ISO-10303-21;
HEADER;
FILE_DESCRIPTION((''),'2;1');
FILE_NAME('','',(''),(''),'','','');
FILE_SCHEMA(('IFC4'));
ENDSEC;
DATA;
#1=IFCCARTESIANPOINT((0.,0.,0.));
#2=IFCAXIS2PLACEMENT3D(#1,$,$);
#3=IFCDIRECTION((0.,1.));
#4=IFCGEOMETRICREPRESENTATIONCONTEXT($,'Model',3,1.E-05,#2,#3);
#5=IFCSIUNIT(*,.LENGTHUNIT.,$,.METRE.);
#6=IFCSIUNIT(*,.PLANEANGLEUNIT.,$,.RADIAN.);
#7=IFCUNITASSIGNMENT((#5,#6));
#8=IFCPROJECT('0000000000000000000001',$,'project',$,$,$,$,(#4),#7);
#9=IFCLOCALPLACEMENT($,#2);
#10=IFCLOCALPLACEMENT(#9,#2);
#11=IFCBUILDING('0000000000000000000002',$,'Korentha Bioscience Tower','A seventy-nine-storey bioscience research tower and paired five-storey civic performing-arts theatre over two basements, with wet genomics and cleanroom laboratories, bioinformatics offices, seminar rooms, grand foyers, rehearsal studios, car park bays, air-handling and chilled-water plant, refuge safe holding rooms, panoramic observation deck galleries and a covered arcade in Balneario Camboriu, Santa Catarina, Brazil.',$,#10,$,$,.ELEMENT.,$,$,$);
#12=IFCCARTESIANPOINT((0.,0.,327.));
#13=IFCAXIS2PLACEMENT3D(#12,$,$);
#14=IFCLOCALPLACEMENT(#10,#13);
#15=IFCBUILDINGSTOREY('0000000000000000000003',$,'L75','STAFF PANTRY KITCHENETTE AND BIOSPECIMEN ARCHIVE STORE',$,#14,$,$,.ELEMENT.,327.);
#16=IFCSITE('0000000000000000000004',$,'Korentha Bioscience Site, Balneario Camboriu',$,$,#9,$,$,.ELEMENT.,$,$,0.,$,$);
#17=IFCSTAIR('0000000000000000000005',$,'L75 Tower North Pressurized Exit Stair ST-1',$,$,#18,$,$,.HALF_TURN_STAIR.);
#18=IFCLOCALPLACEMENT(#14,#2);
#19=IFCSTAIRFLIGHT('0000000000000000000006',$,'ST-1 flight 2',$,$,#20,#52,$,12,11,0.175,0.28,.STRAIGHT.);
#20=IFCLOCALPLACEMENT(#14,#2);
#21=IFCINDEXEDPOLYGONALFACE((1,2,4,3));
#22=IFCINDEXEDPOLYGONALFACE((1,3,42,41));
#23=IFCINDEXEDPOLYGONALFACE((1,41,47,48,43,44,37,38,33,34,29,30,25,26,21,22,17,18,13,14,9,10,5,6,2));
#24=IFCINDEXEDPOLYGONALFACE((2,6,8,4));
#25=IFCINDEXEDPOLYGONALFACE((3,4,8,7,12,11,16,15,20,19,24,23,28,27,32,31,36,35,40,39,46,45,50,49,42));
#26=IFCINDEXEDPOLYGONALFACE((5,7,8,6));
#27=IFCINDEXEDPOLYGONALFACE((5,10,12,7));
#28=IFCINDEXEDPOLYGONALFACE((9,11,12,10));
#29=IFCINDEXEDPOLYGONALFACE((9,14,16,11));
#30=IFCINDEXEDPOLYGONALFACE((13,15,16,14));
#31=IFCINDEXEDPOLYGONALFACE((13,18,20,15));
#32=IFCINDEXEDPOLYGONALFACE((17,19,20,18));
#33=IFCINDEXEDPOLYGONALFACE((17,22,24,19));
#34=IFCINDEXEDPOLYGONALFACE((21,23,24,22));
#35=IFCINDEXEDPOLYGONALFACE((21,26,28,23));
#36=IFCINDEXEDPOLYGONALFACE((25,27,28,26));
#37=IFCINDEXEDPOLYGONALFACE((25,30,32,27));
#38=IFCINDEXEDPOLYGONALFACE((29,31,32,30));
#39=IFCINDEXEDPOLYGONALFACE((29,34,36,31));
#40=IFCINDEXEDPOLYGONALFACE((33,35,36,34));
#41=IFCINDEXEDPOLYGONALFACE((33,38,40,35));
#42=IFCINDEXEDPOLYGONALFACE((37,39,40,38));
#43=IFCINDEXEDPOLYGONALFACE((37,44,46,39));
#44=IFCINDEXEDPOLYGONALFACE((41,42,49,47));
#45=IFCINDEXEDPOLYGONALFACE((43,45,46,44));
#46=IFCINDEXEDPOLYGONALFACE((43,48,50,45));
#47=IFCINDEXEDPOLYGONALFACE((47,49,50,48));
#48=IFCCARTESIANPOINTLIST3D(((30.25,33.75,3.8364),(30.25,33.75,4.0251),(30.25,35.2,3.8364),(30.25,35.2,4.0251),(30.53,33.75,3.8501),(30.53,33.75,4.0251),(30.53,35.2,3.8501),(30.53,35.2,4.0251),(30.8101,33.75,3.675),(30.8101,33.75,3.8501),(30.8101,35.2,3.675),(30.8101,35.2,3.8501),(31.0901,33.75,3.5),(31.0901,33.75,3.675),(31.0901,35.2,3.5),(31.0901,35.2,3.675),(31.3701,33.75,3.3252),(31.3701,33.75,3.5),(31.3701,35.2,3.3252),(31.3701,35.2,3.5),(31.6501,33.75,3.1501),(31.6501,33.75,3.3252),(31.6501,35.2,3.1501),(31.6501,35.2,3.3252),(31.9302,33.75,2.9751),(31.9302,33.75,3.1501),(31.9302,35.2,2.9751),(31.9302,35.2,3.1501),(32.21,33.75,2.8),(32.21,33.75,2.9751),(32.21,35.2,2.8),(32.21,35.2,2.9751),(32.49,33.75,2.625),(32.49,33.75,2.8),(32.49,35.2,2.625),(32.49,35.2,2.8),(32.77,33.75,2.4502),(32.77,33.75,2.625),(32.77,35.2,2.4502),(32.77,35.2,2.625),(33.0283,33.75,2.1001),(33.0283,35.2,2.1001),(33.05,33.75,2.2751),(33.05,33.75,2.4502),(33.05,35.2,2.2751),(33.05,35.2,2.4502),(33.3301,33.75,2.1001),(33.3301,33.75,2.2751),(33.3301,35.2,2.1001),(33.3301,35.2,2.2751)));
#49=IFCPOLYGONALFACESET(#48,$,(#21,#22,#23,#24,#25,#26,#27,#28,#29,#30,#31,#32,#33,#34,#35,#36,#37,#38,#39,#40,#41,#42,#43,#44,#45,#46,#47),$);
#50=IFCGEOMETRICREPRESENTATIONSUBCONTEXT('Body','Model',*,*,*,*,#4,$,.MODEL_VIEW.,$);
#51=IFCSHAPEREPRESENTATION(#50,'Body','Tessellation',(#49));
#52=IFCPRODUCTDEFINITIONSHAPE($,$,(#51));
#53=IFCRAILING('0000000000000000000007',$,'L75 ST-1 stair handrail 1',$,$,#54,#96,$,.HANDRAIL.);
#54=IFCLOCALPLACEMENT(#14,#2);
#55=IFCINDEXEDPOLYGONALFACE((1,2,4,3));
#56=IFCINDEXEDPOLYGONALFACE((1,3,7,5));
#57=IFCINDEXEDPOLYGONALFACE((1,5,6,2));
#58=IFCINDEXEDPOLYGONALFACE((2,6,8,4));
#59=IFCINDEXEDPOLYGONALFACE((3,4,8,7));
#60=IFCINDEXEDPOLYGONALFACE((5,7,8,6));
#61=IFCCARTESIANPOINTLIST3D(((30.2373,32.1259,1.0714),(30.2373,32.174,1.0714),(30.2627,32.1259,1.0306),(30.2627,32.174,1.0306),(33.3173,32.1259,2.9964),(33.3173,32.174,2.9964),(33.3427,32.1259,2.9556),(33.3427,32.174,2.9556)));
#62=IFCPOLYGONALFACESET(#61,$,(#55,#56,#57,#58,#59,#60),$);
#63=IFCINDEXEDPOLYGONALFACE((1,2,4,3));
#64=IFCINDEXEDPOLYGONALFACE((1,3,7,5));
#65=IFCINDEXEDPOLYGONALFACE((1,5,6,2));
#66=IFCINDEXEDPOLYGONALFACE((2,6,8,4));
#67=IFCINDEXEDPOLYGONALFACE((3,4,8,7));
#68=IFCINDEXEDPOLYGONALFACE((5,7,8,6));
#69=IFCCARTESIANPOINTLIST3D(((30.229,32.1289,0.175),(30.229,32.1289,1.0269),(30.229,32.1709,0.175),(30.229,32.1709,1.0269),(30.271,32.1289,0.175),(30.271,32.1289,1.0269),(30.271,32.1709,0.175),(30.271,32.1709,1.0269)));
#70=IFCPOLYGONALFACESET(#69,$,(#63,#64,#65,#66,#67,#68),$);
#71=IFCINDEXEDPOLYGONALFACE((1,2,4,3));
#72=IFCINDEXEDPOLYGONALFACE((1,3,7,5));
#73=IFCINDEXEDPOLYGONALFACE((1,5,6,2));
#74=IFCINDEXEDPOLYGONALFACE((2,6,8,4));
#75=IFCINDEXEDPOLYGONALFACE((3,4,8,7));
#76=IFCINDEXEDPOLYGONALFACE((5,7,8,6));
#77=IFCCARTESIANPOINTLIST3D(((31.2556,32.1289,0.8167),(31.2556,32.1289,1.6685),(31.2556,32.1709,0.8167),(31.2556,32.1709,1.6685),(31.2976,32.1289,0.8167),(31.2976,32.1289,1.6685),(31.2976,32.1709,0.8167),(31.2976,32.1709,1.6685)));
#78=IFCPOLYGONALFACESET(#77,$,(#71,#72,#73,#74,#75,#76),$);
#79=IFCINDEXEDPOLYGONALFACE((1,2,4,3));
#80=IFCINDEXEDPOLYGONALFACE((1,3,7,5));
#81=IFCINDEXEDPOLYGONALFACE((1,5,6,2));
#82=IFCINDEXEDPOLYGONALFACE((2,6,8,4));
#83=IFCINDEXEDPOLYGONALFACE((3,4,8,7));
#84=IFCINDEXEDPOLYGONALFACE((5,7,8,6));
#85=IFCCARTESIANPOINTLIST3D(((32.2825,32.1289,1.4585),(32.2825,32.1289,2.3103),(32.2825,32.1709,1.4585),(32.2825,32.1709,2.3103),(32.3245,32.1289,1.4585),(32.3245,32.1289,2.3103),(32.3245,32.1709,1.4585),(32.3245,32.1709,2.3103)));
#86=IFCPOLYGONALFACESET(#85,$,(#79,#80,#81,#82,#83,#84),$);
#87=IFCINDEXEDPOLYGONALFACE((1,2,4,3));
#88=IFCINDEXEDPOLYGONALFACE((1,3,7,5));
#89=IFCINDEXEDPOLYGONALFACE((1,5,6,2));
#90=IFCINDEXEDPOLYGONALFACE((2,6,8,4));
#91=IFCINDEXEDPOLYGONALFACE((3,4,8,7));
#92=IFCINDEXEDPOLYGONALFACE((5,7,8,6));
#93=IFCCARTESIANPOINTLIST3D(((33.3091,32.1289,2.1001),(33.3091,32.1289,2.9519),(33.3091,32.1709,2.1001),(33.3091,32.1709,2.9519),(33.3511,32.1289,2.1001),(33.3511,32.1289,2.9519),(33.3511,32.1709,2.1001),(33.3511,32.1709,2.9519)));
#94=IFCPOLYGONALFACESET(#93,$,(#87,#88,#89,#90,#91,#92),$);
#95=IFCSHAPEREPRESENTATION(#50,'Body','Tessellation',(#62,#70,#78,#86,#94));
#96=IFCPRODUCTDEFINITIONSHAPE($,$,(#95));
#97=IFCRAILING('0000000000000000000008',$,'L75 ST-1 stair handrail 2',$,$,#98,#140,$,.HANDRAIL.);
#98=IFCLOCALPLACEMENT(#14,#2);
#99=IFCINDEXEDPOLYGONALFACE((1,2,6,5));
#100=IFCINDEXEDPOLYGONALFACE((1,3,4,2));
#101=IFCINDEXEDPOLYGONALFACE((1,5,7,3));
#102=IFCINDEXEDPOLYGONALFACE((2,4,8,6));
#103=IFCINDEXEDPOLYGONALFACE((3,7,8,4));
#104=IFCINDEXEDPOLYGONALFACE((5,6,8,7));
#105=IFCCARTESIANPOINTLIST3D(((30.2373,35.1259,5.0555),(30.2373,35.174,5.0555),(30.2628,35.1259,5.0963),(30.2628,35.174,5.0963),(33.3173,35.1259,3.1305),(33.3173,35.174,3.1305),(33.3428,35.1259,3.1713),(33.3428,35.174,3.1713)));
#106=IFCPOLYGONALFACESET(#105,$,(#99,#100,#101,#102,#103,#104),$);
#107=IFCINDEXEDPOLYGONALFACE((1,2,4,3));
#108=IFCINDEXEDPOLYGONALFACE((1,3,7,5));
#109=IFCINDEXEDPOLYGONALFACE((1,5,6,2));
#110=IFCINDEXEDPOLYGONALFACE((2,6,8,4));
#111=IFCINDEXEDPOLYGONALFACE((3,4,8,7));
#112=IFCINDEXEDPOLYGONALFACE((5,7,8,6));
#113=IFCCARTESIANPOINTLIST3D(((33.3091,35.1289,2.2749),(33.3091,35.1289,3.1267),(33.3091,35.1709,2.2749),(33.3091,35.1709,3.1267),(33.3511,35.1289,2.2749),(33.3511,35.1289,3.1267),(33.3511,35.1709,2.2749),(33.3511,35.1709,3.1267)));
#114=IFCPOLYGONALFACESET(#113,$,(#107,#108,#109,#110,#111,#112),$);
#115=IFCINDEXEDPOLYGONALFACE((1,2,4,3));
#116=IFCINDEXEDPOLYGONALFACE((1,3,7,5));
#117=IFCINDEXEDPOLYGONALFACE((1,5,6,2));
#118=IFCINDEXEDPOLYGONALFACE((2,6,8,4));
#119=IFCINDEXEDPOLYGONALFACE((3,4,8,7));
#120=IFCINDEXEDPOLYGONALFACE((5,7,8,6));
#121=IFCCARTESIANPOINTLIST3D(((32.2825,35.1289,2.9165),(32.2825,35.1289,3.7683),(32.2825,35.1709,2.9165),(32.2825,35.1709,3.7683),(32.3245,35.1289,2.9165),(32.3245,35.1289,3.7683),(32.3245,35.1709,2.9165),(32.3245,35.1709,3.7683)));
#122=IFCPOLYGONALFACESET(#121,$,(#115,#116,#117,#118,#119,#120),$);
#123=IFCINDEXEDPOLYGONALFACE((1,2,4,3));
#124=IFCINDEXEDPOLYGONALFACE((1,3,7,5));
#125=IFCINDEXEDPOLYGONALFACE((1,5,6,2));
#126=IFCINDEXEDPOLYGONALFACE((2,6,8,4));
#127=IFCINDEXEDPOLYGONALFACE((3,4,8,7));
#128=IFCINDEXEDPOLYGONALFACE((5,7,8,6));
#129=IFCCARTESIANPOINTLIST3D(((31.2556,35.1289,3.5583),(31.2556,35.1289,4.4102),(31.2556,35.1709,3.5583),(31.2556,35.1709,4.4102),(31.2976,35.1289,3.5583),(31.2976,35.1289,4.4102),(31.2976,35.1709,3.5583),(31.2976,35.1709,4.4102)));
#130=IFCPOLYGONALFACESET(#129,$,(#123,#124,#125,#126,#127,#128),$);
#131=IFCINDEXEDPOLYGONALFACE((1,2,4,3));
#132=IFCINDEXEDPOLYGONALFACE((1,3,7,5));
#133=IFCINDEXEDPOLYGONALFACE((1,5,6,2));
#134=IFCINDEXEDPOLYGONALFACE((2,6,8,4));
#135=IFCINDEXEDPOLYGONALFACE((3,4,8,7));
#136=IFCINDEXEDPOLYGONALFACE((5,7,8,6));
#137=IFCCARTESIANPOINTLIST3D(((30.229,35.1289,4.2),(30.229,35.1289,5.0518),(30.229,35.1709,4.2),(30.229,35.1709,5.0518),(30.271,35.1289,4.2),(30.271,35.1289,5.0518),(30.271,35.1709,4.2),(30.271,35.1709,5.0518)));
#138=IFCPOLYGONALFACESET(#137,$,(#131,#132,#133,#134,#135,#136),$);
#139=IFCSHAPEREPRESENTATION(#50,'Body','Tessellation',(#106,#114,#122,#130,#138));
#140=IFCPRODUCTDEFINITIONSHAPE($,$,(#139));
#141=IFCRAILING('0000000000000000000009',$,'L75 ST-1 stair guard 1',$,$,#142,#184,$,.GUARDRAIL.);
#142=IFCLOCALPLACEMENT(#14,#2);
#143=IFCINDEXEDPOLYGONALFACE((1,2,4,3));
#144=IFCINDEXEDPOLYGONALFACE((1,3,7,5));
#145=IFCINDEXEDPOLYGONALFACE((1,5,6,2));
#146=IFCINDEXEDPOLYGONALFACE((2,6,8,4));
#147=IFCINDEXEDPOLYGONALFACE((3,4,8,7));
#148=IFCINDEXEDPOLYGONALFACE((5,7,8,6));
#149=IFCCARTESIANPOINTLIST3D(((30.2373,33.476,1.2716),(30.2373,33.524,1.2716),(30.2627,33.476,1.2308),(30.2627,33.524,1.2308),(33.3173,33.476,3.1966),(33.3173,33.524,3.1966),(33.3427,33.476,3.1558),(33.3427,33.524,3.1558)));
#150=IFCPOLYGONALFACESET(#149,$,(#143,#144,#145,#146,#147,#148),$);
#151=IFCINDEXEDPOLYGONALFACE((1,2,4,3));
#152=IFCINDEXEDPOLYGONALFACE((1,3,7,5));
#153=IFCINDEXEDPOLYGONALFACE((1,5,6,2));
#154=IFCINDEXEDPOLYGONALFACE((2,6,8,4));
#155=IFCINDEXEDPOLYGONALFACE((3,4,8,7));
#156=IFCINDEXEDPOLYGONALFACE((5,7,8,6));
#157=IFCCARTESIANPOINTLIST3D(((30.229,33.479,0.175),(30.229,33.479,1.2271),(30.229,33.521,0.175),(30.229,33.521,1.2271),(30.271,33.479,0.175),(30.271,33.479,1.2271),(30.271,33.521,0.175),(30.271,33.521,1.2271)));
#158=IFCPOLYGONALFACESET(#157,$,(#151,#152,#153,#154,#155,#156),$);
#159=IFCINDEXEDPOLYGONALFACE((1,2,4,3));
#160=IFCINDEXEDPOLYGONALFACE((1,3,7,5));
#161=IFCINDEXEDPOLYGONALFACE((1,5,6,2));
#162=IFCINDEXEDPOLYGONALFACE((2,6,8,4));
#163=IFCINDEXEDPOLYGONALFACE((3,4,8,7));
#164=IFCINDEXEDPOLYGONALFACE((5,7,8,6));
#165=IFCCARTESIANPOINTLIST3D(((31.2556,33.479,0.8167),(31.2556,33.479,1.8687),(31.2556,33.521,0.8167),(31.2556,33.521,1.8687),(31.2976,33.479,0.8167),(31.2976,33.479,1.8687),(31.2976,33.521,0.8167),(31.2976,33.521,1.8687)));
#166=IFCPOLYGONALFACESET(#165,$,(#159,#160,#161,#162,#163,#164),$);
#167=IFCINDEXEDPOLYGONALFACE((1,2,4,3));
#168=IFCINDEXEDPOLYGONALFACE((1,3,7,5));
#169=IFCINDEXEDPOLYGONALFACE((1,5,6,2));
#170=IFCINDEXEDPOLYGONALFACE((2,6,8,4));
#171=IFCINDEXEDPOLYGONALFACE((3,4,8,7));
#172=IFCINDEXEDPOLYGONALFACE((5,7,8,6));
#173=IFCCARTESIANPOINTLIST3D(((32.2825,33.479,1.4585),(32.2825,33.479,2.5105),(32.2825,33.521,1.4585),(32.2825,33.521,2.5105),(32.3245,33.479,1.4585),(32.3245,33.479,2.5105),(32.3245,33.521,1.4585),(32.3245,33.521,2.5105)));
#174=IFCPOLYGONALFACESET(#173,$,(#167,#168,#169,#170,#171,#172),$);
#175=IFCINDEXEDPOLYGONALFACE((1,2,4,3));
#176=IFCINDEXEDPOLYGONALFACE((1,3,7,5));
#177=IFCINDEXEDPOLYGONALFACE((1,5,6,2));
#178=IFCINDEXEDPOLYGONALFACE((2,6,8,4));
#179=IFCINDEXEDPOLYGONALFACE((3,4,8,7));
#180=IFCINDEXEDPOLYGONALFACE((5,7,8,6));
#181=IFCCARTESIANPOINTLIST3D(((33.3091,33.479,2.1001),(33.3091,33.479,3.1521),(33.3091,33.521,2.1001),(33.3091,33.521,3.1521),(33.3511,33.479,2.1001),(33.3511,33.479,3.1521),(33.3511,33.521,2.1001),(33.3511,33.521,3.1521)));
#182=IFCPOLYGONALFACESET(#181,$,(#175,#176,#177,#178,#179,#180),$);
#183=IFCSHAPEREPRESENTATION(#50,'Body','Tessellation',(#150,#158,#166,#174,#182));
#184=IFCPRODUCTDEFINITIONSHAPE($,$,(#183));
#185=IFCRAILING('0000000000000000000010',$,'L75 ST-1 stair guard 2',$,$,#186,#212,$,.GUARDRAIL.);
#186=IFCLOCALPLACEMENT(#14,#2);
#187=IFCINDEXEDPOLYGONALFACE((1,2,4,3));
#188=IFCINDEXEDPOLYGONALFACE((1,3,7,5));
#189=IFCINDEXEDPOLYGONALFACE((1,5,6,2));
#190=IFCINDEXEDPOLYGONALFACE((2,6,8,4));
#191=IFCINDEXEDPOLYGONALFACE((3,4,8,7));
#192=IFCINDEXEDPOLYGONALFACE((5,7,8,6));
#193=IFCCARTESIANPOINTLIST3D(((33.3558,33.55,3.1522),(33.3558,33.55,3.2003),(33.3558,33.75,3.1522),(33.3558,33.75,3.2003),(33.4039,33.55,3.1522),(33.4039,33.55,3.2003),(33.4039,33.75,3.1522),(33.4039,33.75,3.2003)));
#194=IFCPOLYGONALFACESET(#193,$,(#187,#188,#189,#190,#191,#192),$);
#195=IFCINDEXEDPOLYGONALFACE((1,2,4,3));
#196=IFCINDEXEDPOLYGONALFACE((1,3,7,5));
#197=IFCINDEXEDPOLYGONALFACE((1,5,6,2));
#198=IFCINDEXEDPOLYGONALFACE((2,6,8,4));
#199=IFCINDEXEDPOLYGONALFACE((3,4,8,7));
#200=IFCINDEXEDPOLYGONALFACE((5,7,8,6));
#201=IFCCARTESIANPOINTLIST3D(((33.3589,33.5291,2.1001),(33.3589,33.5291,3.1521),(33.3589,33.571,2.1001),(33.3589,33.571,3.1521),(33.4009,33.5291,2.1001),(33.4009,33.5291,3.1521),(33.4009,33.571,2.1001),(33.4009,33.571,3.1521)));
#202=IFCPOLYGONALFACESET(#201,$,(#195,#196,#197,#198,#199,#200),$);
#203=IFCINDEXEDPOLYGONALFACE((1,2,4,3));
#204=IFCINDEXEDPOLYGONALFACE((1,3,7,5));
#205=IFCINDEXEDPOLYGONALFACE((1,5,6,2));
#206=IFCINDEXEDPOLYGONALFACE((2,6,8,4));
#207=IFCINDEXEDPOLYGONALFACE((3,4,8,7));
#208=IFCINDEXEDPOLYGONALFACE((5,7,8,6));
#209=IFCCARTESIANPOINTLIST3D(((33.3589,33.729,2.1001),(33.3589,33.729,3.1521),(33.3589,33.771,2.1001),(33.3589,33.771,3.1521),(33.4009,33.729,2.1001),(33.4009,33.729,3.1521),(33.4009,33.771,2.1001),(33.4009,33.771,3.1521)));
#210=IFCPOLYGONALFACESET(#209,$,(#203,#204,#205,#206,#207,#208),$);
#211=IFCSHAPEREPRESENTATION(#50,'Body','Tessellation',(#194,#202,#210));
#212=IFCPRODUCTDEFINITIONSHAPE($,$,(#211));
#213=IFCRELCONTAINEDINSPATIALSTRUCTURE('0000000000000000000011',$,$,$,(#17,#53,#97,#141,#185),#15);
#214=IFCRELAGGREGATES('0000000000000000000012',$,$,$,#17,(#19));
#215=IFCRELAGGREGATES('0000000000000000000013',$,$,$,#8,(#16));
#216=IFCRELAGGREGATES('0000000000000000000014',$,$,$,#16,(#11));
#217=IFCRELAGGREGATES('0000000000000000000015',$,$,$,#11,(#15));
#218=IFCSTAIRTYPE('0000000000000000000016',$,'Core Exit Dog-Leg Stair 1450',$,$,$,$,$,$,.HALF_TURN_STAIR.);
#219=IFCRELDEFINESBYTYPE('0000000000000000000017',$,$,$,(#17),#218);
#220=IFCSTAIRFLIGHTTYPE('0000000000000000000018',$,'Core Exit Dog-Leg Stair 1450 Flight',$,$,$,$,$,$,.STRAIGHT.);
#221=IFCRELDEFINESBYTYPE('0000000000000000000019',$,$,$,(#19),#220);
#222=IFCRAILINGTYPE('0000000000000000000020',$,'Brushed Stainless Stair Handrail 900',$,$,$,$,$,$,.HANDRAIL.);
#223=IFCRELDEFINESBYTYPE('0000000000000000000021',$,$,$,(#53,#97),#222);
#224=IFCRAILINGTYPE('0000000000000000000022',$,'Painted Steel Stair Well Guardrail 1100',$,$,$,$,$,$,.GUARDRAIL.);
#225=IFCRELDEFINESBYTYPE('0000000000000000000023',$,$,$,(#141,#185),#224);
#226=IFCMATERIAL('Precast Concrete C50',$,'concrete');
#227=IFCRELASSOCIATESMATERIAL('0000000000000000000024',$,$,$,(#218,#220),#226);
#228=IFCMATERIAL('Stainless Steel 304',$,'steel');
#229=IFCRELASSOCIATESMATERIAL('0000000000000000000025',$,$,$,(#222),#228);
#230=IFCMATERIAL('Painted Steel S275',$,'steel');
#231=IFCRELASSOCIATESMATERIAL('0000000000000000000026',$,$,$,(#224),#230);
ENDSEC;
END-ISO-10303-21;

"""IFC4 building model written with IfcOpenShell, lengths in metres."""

from ifc_helpers import new_model, si_unit, direction, frame, origin, origin_2d, place, context, subcontext, project, spatial, polyline, rectangle, outline, extrude, material, type_object, element, aggregate, save


model = new_model("IFC4")

# Units and contexts
model_context = context("Model", 3, precision=1e-05, world=origin(), true_north=direction((0.0, 1.0)))
body_context = subcontext(model_context, "Body", "Model", "MODEL_VIEW")
ifc_project = project(units=[si_unit("LENGTHUNIT", "METRE"), si_unit("PLANEANGLEUNIT", "RADIAN")], contexts=[model_context])

# Site, building, storey
site_placement = place(None, origin())
site = spatial("IfcSite", under=ifc_project, at=site_placement, Name="Korentha Bioscience Site, Balneario Camboriu", CompositionType="ELEMENT", RefElevation=0.0)
building_placement = place(site_placement, origin())
building = spatial("IfcBuilding", under=site, at=building_placement, Name="Korentha Bioscience Tower", Description="A seventy-nine-storey bioscience research tower and paired five-storey civic performing-arts theatre over two basements, with wet genomics and cleanroom laboratories, bioinformatics offices, seminar rooms, grand foyers, rehearsal studios, car park bays, air-handling and chilled-water plant, refuge safe holding rooms, panoramic observation deck galleries and a covered arcade in Balneario Camboriu, Santa Catarina, Brazil.", CompositionType="ELEMENT")
storey_placement = place(building_placement, frame((0.0, 0.0, 327.0)))
storey = spatial("IfcBuildingStorey", under=building, at=storey_placement, Name="L75", Description="STAFF PANTRY KITCHENETTE AND BIOSPECIMEN ARCHIVE STORE", CompositionType="ELEMENT", Elevation=327.0)

# Stair, stair flight
ifc_material_1 = material(Name="Precast Concrete C50", Category="concrete")
stair_type = type_object("IfcStairType", Name="Core Exit Dog-Leg Stair 1450", PredefinedType="HALF_TURN_STAIR", material=ifc_material_1)
stair_placement = place(storey_placement, origin())
stair = element("IfcStair", 1, at=stair_placement, inside=storey, type_object=stair_type, Name="L75 Tower North Pressurized Exit Stair ST-1", PredefinedType="HALF_TURN_STAIR")
stair_flight_type = type_object("IfcStairFlightType", Name="Core Exit Dog-Leg Stair 1450 Flight", PredefinedType="STRAIGHT", material=ifc_material_1)
stair_flight_1_placement = place(storey_placement, frame((33.3301, 34.4751, 2.1001), z_axis=(0.0, 0.0, 1.0), x_axis=(-1.0, 0.0, 0.0)))
stair_flight_1 = element("IfcStairFlight", 2, at=stair_flight_1_placement, type_object=stair_flight_type, Name="ST-1 flight 2", NumberOfRisers=12, NumberOfTreads=11, PredefinedType="STRAIGHT", RiserHeight=0.175, TreadLength=0.28, context=body_context, shape_type="SweptSolid", body=[
    extrude(outline(polyline([(0.0, 0.0), (0.0, 0.175), (0.28, 0.175), (0.28, 0.3501), (0.5601, 0.3501), (0.5601, 0.5249), (0.8401, 0.5249), (0.8401, 0.7), (1.1201, 0.7), (1.1201, 0.875), (1.3999, 0.875), (1.3999, 1.05), (1.6799, 1.05), (1.6799, 1.2251), (1.96, 1.2251), (1.96, 1.3999), (2.24, 1.3999), (2.24, 1.575), (2.52, 1.575), (2.52, 1.75), (2.8, 1.75), (2.8, 1.925), (3.0801, 1.925), (3.0801, 2.1001), (3.0801, 1.7363), (0.3018, 0.0), (0.0, 0.0)])), frame((0.0, 0.7251, 0.0), z_axis=(0.0, -1.0, 0.0), x_axis=(1.0, 0.0, 0.0)), (0.0, 0.0, 1.0), 1.45),
])
aggregate(stair, [stair_flight_1])

# Railings
ifc_material_2 = material(Name="Stainless Steel 304", Category="steel")
railing_type_1 = type_object("IfcRailingType", Name="Brushed Stainless Stair Handrail 900", PredefinedType="HANDRAIL", material=ifc_material_2)
railing_1_placement = place(storey_placement, frame((30.25, 32.1499, 0.175)))
element("IfcRailing", 3, at=railing_1_placement, inside=storey, type_object=railing_type_1, Name="L75 ST-1 stair handrail 1", PredefinedType="HANDRAIL", context=body_context, shape_type="SweptSolid", body=[
    extrude(rectangle(XDim=0.0481, YDim=0.0481, at=origin_2d()), frame((0.0, 0.0, 0.876), z_axis=(0.847998, 0.0, 0.529999), x_axis=(0.0, 1.0, 0.0)), (0.0, 0.0, 1.0), 3.6321),
    extrude(rectangle(XDim=0.042, YDim=0.042, at=origin_2d()), origin(), (0.0, 0.0, 1.0), 0.8518),
    extrude(rectangle(XDim=0.042, YDim=0.042, at=origin_2d()), frame((1.0266, 0.0, 0.6416)), (0.0, 0.0, 1.0), 0.8518),
    extrude(rectangle(XDim=0.042, YDim=0.042, at=origin_2d()), frame((2.0535, 0.0, 1.2834)), (0.0, 0.0, 1.0), 0.8518),
    extrude(rectangle(XDim=0.042, YDim=0.042, at=origin_2d()), frame((3.0801, 0.0, 1.925)), (0.0, 0.0, 1.0), 0.8518),
])
railing_2_placement = place(storey_placement, frame((33.3301, 35.1499, 2.2749)))
element("IfcRailing", 4, at=railing_2_placement, inside=storey, type_object=railing_type_1, Name="L75 ST-1 stair handrail 2", PredefinedType="HANDRAIL", context=body_context, shape_type="SweptSolid", body=[
    extrude(rectangle(XDim=0.0481, YDim=0.0481, at=origin_2d()), frame((0.0, 0.0, 0.876), z_axis=(-0.847998, 0.0, 0.529999), x_axis=(0.0, -1.0, 0.0)), (0.0, 0.0, 1.0), 3.6321),
    extrude(rectangle(XDim=0.042, YDim=0.042, at=origin_2d()), origin(), (0.0, 0.0, 1.0), 0.8518),
    extrude(rectangle(XDim=0.042, YDim=0.042, at=origin_2d()), frame((-1.0266, 0.0, 0.6416)), (0.0, 0.0, 1.0), 0.8518),
    extrude(rectangle(XDim=0.042, YDim=0.042, at=origin_2d()), frame((-2.0535, 0.0, 1.2834)), (0.0, 0.0, 1.0), 0.8518),
    extrude(rectangle(XDim=0.042, YDim=0.042, at=origin_2d()), frame((-3.0801, 0.0, 1.925)), (0.0, 0.0, 1.0), 0.8518),
])
ifc_material_3 = material(Name="Painted Steel S275", Category="steel")
railing_type_2 = type_object("IfcRailingType", Name="Painted Steel Stair Well Guardrail 1100", PredefinedType="GUARDRAIL", material=ifc_material_3)
railing_3_placement = place(storey_placement, frame((30.25, 33.5, 0.175)))
element("IfcRailing", 5, at=railing_3_placement, inside=storey, type_object=railing_type_2, Name="L75 ST-1 stair guard 1", PredefinedType="GUARDRAIL", context=body_context, shape_type="SweptSolid", body=[
    extrude(rectangle(XDim=0.0481, YDim=0.0481, at=origin_2d()), frame((0.0, 0.0, 1.0762), z_axis=(0.847998, 0.0, 0.529999), x_axis=(0.0, 1.0, 0.0)), (0.0, 0.0, 1.0), 3.6321),
    extrude(rectangle(XDim=0.042, YDim=0.042, at=origin_2d()), origin(), (0.0, 0.0, 1.0), 1.052),
    extrude(rectangle(XDim=0.042, YDim=0.042, at=origin_2d()), frame((1.0266, 0.0, 0.6416)), (0.0, 0.0, 1.0), 1.052),
    extrude(rectangle(XDim=0.042, YDim=0.042, at=origin_2d()), frame((2.0535, 0.0, 1.2834)), (0.0, 0.0, 1.0), 1.052),
    extrude(rectangle(XDim=0.042, YDim=0.042, at=origin_2d()), frame((3.0801, 0.0, 1.925)), (0.0, 0.0, 1.0), 1.052),
])
railing_4_placement = place(storey_placement, frame((33.3799, 33.55, 2.1001)))
element("IfcRailing", 6, at=railing_4_placement, inside=storey, type_object=railing_type_2, Name="L75 ST-1 stair guard 2", PredefinedType="GUARDRAIL", context=body_context, shape_type="SweptSolid", body=[
    extrude(rectangle(XDim=0.0481, YDim=0.0481, at=origin_2d()), frame((0.0, 0.0, 1.0762), z_axis=(0.0, 1.0, 0.0), x_axis=(-1.0, 0.0, 0.0)), (0.0, 0.0, 1.0), 0.2),
    extrude(rectangle(XDim=0.042, YDim=0.042, at=origin_2d()), origin(), (0.0, 0.0, 1.0), 1.052),
    extrude(rectangle(XDim=0.042, YDim=0.042, at=origin_2d()), frame((0.0, 0.2, 0.0)), (0.0, 0.0, 1.0), 1.052),
])

save(model, "model.ifc")
